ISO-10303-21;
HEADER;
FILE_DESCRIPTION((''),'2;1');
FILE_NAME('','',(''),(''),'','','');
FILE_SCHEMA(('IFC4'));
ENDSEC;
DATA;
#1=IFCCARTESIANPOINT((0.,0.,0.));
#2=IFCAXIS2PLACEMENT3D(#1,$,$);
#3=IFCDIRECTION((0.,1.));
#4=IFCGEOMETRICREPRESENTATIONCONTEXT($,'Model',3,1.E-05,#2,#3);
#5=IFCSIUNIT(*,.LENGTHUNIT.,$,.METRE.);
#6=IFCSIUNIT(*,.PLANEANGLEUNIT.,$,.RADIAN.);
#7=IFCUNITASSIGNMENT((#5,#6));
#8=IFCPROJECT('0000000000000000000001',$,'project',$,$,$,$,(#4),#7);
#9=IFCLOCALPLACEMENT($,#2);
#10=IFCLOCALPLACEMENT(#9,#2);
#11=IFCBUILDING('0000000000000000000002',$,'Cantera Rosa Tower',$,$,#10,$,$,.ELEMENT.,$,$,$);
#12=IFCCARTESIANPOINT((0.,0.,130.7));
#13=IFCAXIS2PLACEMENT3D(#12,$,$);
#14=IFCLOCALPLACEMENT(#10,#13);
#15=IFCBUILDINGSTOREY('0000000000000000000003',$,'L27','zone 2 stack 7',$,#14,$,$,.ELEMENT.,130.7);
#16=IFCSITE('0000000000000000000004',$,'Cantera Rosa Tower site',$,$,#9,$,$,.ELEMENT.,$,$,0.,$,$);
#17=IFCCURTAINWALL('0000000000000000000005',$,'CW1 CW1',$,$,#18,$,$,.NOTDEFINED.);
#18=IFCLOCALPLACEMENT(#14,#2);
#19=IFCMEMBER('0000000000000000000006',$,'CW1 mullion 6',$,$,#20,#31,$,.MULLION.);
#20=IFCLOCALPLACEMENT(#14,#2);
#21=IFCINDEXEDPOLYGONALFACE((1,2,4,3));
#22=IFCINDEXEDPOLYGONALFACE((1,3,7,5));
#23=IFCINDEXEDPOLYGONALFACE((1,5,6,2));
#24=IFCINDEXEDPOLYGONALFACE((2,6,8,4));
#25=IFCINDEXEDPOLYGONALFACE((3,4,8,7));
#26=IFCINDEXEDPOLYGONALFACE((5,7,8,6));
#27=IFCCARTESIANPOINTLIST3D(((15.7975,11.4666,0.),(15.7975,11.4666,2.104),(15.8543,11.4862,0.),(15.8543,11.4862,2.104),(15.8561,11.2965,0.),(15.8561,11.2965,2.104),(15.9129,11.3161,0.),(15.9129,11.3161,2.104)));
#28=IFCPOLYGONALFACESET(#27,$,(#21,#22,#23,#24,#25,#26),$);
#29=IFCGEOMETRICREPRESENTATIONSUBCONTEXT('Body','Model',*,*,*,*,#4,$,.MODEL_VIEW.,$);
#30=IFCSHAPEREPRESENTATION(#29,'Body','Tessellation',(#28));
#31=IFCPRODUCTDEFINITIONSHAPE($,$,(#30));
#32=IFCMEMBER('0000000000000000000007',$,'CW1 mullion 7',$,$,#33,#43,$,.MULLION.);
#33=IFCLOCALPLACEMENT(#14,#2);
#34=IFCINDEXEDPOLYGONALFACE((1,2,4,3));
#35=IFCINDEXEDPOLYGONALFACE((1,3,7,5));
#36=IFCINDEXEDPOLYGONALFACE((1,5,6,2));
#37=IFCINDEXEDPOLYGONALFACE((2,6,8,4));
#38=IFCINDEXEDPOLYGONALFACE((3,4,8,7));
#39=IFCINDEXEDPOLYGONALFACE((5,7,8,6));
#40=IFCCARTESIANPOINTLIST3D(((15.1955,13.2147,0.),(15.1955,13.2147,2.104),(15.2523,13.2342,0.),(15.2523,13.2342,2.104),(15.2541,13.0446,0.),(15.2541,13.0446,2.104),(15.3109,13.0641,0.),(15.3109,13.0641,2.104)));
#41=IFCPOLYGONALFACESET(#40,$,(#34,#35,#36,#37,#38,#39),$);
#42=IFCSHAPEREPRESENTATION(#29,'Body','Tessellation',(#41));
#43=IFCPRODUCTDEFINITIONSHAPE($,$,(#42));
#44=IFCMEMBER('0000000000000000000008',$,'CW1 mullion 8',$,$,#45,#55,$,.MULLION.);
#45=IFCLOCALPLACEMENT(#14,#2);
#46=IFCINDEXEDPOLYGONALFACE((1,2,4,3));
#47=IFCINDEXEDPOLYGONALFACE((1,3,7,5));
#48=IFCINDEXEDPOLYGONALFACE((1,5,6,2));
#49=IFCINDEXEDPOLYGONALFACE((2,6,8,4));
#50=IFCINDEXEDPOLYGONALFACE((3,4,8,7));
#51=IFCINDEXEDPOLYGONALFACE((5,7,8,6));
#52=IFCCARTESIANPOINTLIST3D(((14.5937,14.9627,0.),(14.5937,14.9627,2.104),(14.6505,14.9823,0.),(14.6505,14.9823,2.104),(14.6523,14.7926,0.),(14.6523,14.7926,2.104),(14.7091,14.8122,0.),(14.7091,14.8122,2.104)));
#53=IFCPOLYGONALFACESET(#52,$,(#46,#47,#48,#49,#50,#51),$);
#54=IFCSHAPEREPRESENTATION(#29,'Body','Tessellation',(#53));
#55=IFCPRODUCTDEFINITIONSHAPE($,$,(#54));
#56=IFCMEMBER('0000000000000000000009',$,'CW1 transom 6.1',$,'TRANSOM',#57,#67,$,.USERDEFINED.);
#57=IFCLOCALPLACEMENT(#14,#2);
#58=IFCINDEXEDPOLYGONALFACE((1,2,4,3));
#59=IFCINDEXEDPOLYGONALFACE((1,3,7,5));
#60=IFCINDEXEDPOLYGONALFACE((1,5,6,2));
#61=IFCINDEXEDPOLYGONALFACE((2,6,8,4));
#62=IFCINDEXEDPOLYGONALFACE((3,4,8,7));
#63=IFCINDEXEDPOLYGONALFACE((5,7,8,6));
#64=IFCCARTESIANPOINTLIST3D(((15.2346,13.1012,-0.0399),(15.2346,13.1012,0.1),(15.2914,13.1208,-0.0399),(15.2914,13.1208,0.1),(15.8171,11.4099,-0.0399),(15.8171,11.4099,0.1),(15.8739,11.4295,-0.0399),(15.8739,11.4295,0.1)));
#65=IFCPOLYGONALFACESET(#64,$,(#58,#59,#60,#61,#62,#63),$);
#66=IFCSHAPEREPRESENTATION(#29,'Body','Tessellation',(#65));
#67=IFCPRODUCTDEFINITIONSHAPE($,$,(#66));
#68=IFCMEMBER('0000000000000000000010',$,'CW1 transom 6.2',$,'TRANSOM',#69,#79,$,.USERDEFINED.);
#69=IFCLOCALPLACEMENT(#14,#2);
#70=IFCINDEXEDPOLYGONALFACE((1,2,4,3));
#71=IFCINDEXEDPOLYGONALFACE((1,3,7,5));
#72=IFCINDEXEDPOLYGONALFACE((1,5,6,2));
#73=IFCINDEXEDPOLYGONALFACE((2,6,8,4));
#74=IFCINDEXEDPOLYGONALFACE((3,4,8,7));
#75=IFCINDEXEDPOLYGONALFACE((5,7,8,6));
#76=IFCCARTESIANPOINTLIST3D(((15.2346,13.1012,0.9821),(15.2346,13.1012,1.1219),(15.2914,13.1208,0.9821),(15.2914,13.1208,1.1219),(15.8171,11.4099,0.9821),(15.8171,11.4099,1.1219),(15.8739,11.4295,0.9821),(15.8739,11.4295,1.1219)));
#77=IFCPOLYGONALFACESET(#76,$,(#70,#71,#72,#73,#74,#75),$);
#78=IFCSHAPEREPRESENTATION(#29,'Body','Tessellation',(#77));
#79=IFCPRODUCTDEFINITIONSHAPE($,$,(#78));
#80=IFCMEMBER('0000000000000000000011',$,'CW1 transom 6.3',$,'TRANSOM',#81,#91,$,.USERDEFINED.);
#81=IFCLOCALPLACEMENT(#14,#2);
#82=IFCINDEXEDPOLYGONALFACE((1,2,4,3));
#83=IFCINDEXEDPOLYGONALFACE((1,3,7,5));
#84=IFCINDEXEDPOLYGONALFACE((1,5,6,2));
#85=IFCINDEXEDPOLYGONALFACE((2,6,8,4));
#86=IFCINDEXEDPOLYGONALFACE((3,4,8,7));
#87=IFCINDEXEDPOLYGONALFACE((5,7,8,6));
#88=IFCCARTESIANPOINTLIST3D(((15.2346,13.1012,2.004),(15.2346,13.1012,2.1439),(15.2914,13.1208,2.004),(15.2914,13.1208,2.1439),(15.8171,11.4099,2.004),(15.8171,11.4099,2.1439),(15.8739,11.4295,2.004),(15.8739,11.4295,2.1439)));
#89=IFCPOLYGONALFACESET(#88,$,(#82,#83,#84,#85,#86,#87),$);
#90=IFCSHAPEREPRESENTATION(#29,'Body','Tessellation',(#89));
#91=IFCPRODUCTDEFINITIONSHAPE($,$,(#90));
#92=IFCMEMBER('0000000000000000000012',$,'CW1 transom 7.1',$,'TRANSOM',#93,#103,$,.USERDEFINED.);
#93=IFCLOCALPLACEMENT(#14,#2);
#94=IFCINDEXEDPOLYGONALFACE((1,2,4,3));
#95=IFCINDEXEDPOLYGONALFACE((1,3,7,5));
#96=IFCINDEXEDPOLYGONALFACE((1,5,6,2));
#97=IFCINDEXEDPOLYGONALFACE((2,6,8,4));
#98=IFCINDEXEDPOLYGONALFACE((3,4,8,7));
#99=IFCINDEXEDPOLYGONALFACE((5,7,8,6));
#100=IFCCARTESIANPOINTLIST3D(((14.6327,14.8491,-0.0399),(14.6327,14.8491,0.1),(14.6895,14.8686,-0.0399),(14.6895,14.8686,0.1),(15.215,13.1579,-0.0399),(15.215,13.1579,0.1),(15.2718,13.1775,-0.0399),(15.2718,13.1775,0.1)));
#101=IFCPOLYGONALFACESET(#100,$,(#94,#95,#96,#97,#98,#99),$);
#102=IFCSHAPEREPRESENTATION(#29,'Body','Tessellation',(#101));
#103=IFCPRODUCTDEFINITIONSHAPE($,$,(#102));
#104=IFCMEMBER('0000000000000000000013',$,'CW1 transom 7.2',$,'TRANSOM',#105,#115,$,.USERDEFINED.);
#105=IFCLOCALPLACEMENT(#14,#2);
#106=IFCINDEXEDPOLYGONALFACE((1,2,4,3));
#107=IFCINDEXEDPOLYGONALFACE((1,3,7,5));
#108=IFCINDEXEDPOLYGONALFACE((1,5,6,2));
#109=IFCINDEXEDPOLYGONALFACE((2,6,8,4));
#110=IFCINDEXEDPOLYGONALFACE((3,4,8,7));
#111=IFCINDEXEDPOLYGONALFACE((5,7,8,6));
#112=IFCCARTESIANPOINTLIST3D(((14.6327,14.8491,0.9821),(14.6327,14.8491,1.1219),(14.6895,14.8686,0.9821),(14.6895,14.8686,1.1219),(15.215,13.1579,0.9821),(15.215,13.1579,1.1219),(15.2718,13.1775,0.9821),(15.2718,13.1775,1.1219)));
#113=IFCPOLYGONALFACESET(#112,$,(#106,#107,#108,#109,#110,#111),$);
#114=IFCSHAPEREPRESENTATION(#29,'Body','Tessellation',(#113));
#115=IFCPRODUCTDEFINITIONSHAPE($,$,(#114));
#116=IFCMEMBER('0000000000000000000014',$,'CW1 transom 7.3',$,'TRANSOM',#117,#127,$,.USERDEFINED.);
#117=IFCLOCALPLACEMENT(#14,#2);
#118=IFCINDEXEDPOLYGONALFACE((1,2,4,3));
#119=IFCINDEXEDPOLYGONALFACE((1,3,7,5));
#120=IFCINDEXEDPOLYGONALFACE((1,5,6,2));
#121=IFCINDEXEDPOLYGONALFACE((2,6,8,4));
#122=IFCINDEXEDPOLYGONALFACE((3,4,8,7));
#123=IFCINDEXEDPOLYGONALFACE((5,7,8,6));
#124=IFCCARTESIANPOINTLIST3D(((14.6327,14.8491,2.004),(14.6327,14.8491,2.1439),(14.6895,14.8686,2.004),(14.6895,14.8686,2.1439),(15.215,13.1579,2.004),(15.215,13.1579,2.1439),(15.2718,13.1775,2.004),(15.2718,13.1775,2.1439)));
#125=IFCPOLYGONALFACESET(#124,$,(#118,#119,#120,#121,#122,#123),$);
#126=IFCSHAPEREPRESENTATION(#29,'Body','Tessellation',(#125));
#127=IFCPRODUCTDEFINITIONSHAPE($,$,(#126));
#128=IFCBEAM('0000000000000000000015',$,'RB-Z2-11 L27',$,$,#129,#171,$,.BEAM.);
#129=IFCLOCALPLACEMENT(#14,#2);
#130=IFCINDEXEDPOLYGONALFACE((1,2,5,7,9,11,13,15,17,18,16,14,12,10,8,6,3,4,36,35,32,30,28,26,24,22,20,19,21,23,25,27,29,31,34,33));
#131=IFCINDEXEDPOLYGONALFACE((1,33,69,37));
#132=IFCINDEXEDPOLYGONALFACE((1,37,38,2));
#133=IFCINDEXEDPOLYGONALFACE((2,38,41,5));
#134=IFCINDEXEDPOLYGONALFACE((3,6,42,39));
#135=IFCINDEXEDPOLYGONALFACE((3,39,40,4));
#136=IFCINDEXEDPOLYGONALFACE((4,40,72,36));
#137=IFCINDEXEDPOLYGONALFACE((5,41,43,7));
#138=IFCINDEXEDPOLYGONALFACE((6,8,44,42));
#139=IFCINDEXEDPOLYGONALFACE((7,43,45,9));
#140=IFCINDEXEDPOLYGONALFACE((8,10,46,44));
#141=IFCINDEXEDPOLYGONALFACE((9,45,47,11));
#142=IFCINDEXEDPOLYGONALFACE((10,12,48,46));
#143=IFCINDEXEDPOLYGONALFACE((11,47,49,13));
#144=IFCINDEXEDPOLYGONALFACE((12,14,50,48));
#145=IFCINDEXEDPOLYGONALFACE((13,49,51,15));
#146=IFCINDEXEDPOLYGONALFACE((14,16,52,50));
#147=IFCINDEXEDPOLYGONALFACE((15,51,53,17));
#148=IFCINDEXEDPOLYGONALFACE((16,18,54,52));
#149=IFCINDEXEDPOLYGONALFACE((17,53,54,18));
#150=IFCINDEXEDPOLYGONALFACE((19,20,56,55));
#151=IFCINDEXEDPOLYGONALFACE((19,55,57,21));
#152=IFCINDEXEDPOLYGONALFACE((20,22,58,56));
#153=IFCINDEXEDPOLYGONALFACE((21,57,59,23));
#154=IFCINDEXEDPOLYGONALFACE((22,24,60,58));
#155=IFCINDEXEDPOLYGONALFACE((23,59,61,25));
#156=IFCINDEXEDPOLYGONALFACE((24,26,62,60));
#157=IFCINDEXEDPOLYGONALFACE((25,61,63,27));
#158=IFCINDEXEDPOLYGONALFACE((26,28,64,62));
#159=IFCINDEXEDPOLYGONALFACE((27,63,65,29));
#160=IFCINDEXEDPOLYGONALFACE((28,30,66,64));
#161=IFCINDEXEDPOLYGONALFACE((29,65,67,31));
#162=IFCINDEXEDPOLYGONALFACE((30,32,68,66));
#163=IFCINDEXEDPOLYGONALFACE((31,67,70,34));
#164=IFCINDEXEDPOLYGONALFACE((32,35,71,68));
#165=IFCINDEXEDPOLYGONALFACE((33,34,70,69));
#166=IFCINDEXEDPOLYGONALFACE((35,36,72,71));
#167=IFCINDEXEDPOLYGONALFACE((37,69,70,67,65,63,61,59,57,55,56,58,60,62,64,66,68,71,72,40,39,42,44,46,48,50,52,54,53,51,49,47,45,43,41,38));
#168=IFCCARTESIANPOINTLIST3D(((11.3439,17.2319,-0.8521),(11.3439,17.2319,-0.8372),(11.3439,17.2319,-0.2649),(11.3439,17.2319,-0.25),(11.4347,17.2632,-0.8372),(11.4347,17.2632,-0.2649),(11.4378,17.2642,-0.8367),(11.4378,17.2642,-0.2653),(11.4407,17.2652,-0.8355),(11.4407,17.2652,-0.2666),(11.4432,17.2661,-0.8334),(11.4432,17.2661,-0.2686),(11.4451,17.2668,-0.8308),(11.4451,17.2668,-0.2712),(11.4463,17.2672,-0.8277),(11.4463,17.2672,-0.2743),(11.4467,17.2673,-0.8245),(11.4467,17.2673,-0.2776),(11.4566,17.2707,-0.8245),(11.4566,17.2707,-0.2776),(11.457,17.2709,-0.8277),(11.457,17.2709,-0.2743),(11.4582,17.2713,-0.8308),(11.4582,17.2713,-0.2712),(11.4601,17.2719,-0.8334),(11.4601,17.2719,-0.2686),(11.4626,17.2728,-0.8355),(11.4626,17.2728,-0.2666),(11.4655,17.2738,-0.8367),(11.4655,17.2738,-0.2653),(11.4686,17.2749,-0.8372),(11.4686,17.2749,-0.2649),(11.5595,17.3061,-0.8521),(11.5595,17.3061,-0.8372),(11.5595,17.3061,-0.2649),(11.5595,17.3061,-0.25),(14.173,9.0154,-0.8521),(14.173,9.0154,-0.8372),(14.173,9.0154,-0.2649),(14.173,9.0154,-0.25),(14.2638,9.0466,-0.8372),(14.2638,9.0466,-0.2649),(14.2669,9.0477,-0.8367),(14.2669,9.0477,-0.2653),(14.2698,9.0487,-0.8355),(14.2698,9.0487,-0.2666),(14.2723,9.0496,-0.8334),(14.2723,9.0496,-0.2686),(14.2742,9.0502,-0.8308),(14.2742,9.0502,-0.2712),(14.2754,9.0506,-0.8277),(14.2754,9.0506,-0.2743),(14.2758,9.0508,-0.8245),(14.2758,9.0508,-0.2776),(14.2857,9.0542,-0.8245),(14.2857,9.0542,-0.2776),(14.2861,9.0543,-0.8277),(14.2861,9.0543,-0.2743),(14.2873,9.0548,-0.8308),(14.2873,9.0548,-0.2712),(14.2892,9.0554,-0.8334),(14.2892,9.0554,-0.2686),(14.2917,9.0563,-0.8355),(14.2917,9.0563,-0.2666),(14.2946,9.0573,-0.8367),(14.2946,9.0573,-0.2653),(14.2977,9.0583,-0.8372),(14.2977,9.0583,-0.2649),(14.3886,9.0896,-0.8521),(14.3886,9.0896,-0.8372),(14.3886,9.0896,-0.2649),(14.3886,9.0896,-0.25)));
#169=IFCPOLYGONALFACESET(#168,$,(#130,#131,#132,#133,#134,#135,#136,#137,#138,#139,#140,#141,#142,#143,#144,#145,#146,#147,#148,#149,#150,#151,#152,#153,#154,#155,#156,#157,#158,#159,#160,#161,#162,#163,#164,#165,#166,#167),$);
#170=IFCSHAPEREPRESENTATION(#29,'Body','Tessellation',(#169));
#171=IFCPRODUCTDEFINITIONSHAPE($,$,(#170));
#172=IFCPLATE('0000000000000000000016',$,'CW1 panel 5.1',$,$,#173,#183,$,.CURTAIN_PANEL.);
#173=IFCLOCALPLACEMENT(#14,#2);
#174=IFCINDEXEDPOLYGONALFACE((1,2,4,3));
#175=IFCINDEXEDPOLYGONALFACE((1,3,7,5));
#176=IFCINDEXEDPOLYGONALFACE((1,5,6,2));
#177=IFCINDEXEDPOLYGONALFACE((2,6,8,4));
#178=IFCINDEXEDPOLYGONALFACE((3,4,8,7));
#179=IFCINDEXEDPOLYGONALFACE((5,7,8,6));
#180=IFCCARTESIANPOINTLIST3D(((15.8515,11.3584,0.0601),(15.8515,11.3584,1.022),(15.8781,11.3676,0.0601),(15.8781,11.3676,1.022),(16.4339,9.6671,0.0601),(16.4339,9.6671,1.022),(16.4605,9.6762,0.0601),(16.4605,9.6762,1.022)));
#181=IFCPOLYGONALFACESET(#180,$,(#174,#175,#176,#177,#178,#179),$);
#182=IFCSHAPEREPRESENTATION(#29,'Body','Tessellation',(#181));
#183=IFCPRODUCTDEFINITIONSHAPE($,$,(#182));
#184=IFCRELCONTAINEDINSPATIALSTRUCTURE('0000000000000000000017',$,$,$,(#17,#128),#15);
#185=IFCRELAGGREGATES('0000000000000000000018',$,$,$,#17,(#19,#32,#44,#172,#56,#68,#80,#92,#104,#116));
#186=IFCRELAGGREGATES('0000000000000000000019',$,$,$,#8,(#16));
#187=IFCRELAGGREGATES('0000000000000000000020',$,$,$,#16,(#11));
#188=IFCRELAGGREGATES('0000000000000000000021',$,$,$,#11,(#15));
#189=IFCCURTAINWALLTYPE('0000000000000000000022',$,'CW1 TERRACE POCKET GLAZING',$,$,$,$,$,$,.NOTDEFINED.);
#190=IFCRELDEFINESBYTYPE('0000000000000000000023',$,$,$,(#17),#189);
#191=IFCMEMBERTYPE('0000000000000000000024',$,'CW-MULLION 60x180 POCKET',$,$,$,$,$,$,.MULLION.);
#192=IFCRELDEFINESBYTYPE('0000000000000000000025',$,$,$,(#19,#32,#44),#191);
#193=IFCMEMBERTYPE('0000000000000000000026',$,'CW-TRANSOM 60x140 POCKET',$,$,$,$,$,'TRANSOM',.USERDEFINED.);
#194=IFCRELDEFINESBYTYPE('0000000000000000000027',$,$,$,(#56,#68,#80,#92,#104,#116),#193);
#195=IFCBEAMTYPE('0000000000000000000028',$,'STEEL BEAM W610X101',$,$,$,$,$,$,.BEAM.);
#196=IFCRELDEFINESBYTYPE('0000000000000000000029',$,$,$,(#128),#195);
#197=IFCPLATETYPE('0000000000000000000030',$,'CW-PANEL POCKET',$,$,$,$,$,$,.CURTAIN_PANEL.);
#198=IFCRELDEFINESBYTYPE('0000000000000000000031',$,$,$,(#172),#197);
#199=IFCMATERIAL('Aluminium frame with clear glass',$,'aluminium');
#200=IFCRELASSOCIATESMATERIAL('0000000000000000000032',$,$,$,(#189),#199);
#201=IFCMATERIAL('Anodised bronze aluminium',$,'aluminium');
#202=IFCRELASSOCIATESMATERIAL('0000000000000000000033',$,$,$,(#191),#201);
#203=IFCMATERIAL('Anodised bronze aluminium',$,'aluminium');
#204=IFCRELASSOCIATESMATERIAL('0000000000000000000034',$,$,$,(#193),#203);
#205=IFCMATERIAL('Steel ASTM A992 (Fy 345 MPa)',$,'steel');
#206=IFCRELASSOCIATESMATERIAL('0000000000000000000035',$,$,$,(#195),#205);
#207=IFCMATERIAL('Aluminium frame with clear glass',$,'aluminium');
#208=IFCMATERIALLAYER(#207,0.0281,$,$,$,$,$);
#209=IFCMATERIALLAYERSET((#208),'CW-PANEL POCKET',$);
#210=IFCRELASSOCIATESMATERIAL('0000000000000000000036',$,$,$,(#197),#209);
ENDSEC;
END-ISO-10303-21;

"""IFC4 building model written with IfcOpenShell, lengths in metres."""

from ifc_helpers import new_model, si_unit, direction, frame, origin, origin_2d, place, context, subcontext, project, spatial, rectangle, i_section, extrude, material, layer, layer_set, material_profile, profile_set, type_object, element, aggregate, save


model = new_model("IFC4")

# Units and contexts
model_context = context("Model", 3, precision=1e-05, world=origin(), true_north=direction((0.0, 1.0)))
body_context = subcontext(model_context, "Body", "Model", "MODEL_VIEW")
ifc_project = project(units=[si_unit("LENGTHUNIT", "METRE"), si_unit("PLANEANGLEUNIT", "RADIAN")], contexts=[model_context])

# Site, building, storey
site_placement = place(None, origin())
site = spatial("IfcSite", under=ifc_project, at=site_placement, Name="Cantera Rosa Tower site", CompositionType="ELEMENT", RefElevation=0.0)
building_placement = place(site_placement, origin())
building = spatial("IfcBuilding", under=site, at=building_placement, Name="Cantera Rosa Tower", CompositionType="ELEMENT")
storey_placement = place(building_placement, frame((0.0, 0.0, 130.7)))
storey = spatial("IfcBuildingStorey", under=building, at=storey_placement, Name="L27", Description="zone 2 stack 7", CompositionType="ELEMENT", Elevation=130.7)

# Curtain wall, members
ifc_material_1 = material(Name="Aluminium frame with clear glass", Category="aluminium")
curtain_wall_type = type_object("IfcCurtainWallType", Name="CW1 TERRACE POCKET GLAZING", PredefinedType="NOTDEFINED", material=ifc_material_1)
curtain_wall_placement = place(storey_placement, origin())
curtain_wall = element("IfcCurtainWall", 1, at=curtain_wall_placement, inside=storey, type_object=curtain_wall_type, Name="CW1 CW1", PredefinedType="NOTDEFINED")
ifc_material_2 = material(Name="Anodised bronze aluminium", Category="aluminium")
ifc_material_profile_1 = material_profile(ifc_material_2, rectangle(XDim=0.0601, YDim=0.1799, at=origin_2d()), Name="CW-MULLION 60x180 POCKET")
ifc_profile_set_1 = profile_set([ifc_material_profile_1], Name="Anodised bronze aluminium")
member_type_1 = type_object("IfcMemberType", Name="CW-MULLION 60x180 POCKET", PredefinedType="MULLION", material=ifc_profile_set_1)
member_1_placement = place(storey_placement, frame((15.8552, 11.3914, 0.0), z_axis=(0.0, 0.0, 1.0), x_axis=(-0.945519, -0.325568, 0.0)))
member_1 = element("IfcMember", 2, at=member_1_placement, type_object=member_type_1, Name="CW1 mullion 6", PredefinedType="MULLION", context=body_context, shape_type="SweptSolid", body=[
    extrude(rectangle(XDim=0.0601, YDim=0.1799, at=origin_2d()), origin(), (0.0, 0.0, 1.0), 2.104),
])
member_2_placement = place(storey_placement, frame((15.2532, 13.1394, 0.0), z_axis=(0.0, 0.0, 1.0), x_axis=(-0.945519, -0.325568, 0.0)))
member_2 = element("IfcMember", 3, at=member_2_placement, type_object=member_type_1, Name="CW1 mullion 7", PredefinedType="MULLION", context=body_context, shape_type="SweptSolid", body=[
    extrude(rectangle(XDim=0.0601, YDim=0.1799, at=origin_2d()), origin(), (0.0, 0.0, 1.0), 2.104),
])
member_3_placement = place(storey_placement, frame((14.6514, 14.8875, 0.0), z_axis=(0.0, 0.0, 1.0), x_axis=(-0.945519, -0.325568, 0.0)))
member_3 = element("IfcMember", 4, at=member_3_placement, type_object=member_type_1, Name="CW1 mullion 8", PredefinedType="MULLION", context=body_context, shape_type="SweptSolid", body=[
    extrude(rectangle(XDim=0.0601, YDim=0.1799, at=origin_2d()), origin(), (0.0, 0.0, 1.0), 2.104),
])
ifc_material_3 = material(Name="Anodised bronze aluminium", Category="aluminium")
ifc_material_profile_2 = material_profile(ifc_material_3, rectangle(XDim=0.0601, YDim=0.1399, at=origin_2d()), Name="CW-TRANSOM 60x140 POCKET")
ifc_profile_set_2 = profile_set([ifc_material_profile_2], Name="Anodised bronze aluminium")
member_type_2 = type_object("IfcMemberType", Name="CW-TRANSOM 60x140 POCKET", ElementType="TRANSOM", PredefinedType="USERDEFINED", material=ifc_profile_set_2)
member_4_placement = place(storey_placement, frame((15.8455, 11.4197, 0.03), z_axis=(-0.325629, 0.945498, 0.0), x_axis=(-0.945498, -0.325629, 0.0)))
member_4 = element("IfcMember", 5, at=member_4_placement, type_object=member_type_2, Name="CW1 transom 6.1", ObjectType="TRANSOM", PredefinedType="USERDEFINED", context=body_context, shape_type="SweptSolid", body=[
    extrude(rectangle(XDim=0.0601, YDim=0.1399, at=origin_2d()), origin(), (0.0, 0.0, 1.0), 1.7888),
])
member_5_placement = place(storey_placement, frame((15.8455, 11.4197, 1.052), z_axis=(-0.325629, 0.945498, 0.0), x_axis=(-0.945498, -0.325629, 0.0)))
member_5 = element("IfcMember", 6, at=member_5_placement, type_object=member_type_2, Name="CW1 transom 6.2", ObjectType="TRANSOM", PredefinedType="USERDEFINED", context=body_context, shape_type="SweptSolid", body=[
    extrude(rectangle(XDim=0.0601, YDim=0.1399, at=origin_2d()), origin(), (0.0, 0.0, 1.0), 1.7888),
])
member_6_placement = place(storey_placement, frame((15.8455, 11.4197, 2.074), z_axis=(-0.325629, 0.945498, 0.0), x_axis=(-0.945498, -0.325629, 0.0)))
member_6 = element("IfcMember", 7, at=member_6_placement, type_object=member_type_2, Name="CW1 transom 6.3", ObjectType="TRANSOM", PredefinedType="USERDEFINED", context=body_context, shape_type="SweptSolid", body=[
    extrude(rectangle(XDim=0.0601, YDim=0.1399, at=origin_2d()), origin(), (0.0, 0.0, 1.0), 1.7888),
])
member_7_placement = place(storey_placement, frame((15.2434, 13.1677, 0.03), z_axis=(-0.325549, 0.945525, 0.0), x_axis=(-0.945525, -0.325549, 0.0)))
member_7 = element("IfcMember", 8, at=member_7_placement, type_object=member_type_2, Name="CW1 transom 7.1", ObjectType="TRANSOM", PredefinedType="USERDEFINED", context=body_context, shape_type="SweptSolid", body=[
    extrude(rectangle(XDim=0.0601, YDim=0.1399, at=origin_2d()), origin(), (0.0, 0.0, 1.0), 1.7886),
])
member_8_placement = place(storey_placement, frame((15.2434, 13.1677, 1.052), z_axis=(-0.325549, 0.945525, 0.0), x_axis=(-0.945525, -0.325549, 0.0)))
member_8 = element("IfcMember", 9, at=member_8_placement, type_object=member_type_2, Name="CW1 transom 7.2", ObjectType="TRANSOM", PredefinedType="USERDEFINED", context=body_context, shape_type="SweptSolid", body=[
    extrude(rectangle(XDim=0.0601, YDim=0.1399, at=origin_2d()), origin(), (0.0, 0.0, 1.0), 1.7886),
])
member_9_placement = place(storey_placement, frame((15.2434, 13.1677, 2.074), z_axis=(-0.325549, 0.945525, 0.0), x_axis=(-0.945525, -0.325549, 0.0)))
member_9 = element("IfcMember", 10, at=member_9_placement, type_object=member_type_2, Name="CW1 transom 7.3", ObjectType="TRANSOM", PredefinedType="USERDEFINED", context=body_context, shape_type="SweptSolid", body=[
    extrude(rectangle(XDim=0.0601, YDim=0.1399, at=origin_2d()), origin(), (0.0, 0.0, 1.0), 1.7886),
])

# Beam
ifc_material_4 = material(Name="Steel ASTM A992 (Fy 345 MPa)", Category="steel")
ifc_material_profile_3 = material_profile(ifc_material_4, i_section(OverallWidth=0.228, OverallDepth=0.6021, WebThickness=0.0105, FlangeThickness=0.0149, FilletRadius=0.0127, at=origin_2d()), Name="W610X101")
ifc_profile_set_3 = profile_set([ifc_material_profile_3], Name="Steel ASTM A992 (Fy 345 MPa)")
beam_type = type_object("IfcBeamType", Name="STEEL BEAM W610X101", PredefinedType="BEAM", material=ifc_profile_set_3)
beam_placement = place(storey_placement, frame((14.2808, 9.0525, -0.551), z_axis=(-0.325559, 0.945522, 0.0), x_axis=(-0.945522, -0.325559, 0.0)))
element("IfcBeam", 11, at=beam_placement, inside=storey, type_object=beam_type, Name="RB-Z2-11 L27", PredefinedType="BEAM", context=body_context, shape_type="SweptSolid", body=[
    extrude(i_section(OverallWidth=0.228, OverallDepth=0.6021, WebThickness=0.0105, FlangeThickness=0.0149, FilletRadius=0.0127, at=origin_2d()), origin(), (0.0, 0.0, 1.0), 8.6899),
])

# Plate
ifc_material_5 = material(Name="Aluminium frame with clear glass", Category="aluminium")
ifc_layer_1 = layer(ifc_material_5, 0.0281)
ifc_layer_set_1 = layer_set([ifc_layer_1], Name="CW-PANEL POCKET")
plate_type = type_object("IfcPlateType", Name="CW-PANEL POCKET", PredefinedType="CURTAIN_PANEL", material=ifc_layer_set_1)
plate_1_placement = place(storey_placement, frame((16.156, 10.5173, 0.0601), z_axis=(0.0, 0.0, 1.0), x_axis=(-0.325568, 0.945519, 0.0)))
plate_1 = element("IfcPlate", 12, at=plate_1_placement, type_object=plate_type, Name="CW1 panel 5.1", PredefinedType="CURTAIN_PANEL", context=body_context, shape_type="SweptSolid", body=[
    extrude(rectangle(XDim=1.7888, YDim=0.0281, at=origin_2d()), origin(), (0.0, 0.0, 1.0), 0.9619),
])
aggregate(curtain_wall, [member_1, member_2, member_3, plate_1, member_4, member_5, member_6, member_7, member_8, member_9])

save(model, "model.ifc")
